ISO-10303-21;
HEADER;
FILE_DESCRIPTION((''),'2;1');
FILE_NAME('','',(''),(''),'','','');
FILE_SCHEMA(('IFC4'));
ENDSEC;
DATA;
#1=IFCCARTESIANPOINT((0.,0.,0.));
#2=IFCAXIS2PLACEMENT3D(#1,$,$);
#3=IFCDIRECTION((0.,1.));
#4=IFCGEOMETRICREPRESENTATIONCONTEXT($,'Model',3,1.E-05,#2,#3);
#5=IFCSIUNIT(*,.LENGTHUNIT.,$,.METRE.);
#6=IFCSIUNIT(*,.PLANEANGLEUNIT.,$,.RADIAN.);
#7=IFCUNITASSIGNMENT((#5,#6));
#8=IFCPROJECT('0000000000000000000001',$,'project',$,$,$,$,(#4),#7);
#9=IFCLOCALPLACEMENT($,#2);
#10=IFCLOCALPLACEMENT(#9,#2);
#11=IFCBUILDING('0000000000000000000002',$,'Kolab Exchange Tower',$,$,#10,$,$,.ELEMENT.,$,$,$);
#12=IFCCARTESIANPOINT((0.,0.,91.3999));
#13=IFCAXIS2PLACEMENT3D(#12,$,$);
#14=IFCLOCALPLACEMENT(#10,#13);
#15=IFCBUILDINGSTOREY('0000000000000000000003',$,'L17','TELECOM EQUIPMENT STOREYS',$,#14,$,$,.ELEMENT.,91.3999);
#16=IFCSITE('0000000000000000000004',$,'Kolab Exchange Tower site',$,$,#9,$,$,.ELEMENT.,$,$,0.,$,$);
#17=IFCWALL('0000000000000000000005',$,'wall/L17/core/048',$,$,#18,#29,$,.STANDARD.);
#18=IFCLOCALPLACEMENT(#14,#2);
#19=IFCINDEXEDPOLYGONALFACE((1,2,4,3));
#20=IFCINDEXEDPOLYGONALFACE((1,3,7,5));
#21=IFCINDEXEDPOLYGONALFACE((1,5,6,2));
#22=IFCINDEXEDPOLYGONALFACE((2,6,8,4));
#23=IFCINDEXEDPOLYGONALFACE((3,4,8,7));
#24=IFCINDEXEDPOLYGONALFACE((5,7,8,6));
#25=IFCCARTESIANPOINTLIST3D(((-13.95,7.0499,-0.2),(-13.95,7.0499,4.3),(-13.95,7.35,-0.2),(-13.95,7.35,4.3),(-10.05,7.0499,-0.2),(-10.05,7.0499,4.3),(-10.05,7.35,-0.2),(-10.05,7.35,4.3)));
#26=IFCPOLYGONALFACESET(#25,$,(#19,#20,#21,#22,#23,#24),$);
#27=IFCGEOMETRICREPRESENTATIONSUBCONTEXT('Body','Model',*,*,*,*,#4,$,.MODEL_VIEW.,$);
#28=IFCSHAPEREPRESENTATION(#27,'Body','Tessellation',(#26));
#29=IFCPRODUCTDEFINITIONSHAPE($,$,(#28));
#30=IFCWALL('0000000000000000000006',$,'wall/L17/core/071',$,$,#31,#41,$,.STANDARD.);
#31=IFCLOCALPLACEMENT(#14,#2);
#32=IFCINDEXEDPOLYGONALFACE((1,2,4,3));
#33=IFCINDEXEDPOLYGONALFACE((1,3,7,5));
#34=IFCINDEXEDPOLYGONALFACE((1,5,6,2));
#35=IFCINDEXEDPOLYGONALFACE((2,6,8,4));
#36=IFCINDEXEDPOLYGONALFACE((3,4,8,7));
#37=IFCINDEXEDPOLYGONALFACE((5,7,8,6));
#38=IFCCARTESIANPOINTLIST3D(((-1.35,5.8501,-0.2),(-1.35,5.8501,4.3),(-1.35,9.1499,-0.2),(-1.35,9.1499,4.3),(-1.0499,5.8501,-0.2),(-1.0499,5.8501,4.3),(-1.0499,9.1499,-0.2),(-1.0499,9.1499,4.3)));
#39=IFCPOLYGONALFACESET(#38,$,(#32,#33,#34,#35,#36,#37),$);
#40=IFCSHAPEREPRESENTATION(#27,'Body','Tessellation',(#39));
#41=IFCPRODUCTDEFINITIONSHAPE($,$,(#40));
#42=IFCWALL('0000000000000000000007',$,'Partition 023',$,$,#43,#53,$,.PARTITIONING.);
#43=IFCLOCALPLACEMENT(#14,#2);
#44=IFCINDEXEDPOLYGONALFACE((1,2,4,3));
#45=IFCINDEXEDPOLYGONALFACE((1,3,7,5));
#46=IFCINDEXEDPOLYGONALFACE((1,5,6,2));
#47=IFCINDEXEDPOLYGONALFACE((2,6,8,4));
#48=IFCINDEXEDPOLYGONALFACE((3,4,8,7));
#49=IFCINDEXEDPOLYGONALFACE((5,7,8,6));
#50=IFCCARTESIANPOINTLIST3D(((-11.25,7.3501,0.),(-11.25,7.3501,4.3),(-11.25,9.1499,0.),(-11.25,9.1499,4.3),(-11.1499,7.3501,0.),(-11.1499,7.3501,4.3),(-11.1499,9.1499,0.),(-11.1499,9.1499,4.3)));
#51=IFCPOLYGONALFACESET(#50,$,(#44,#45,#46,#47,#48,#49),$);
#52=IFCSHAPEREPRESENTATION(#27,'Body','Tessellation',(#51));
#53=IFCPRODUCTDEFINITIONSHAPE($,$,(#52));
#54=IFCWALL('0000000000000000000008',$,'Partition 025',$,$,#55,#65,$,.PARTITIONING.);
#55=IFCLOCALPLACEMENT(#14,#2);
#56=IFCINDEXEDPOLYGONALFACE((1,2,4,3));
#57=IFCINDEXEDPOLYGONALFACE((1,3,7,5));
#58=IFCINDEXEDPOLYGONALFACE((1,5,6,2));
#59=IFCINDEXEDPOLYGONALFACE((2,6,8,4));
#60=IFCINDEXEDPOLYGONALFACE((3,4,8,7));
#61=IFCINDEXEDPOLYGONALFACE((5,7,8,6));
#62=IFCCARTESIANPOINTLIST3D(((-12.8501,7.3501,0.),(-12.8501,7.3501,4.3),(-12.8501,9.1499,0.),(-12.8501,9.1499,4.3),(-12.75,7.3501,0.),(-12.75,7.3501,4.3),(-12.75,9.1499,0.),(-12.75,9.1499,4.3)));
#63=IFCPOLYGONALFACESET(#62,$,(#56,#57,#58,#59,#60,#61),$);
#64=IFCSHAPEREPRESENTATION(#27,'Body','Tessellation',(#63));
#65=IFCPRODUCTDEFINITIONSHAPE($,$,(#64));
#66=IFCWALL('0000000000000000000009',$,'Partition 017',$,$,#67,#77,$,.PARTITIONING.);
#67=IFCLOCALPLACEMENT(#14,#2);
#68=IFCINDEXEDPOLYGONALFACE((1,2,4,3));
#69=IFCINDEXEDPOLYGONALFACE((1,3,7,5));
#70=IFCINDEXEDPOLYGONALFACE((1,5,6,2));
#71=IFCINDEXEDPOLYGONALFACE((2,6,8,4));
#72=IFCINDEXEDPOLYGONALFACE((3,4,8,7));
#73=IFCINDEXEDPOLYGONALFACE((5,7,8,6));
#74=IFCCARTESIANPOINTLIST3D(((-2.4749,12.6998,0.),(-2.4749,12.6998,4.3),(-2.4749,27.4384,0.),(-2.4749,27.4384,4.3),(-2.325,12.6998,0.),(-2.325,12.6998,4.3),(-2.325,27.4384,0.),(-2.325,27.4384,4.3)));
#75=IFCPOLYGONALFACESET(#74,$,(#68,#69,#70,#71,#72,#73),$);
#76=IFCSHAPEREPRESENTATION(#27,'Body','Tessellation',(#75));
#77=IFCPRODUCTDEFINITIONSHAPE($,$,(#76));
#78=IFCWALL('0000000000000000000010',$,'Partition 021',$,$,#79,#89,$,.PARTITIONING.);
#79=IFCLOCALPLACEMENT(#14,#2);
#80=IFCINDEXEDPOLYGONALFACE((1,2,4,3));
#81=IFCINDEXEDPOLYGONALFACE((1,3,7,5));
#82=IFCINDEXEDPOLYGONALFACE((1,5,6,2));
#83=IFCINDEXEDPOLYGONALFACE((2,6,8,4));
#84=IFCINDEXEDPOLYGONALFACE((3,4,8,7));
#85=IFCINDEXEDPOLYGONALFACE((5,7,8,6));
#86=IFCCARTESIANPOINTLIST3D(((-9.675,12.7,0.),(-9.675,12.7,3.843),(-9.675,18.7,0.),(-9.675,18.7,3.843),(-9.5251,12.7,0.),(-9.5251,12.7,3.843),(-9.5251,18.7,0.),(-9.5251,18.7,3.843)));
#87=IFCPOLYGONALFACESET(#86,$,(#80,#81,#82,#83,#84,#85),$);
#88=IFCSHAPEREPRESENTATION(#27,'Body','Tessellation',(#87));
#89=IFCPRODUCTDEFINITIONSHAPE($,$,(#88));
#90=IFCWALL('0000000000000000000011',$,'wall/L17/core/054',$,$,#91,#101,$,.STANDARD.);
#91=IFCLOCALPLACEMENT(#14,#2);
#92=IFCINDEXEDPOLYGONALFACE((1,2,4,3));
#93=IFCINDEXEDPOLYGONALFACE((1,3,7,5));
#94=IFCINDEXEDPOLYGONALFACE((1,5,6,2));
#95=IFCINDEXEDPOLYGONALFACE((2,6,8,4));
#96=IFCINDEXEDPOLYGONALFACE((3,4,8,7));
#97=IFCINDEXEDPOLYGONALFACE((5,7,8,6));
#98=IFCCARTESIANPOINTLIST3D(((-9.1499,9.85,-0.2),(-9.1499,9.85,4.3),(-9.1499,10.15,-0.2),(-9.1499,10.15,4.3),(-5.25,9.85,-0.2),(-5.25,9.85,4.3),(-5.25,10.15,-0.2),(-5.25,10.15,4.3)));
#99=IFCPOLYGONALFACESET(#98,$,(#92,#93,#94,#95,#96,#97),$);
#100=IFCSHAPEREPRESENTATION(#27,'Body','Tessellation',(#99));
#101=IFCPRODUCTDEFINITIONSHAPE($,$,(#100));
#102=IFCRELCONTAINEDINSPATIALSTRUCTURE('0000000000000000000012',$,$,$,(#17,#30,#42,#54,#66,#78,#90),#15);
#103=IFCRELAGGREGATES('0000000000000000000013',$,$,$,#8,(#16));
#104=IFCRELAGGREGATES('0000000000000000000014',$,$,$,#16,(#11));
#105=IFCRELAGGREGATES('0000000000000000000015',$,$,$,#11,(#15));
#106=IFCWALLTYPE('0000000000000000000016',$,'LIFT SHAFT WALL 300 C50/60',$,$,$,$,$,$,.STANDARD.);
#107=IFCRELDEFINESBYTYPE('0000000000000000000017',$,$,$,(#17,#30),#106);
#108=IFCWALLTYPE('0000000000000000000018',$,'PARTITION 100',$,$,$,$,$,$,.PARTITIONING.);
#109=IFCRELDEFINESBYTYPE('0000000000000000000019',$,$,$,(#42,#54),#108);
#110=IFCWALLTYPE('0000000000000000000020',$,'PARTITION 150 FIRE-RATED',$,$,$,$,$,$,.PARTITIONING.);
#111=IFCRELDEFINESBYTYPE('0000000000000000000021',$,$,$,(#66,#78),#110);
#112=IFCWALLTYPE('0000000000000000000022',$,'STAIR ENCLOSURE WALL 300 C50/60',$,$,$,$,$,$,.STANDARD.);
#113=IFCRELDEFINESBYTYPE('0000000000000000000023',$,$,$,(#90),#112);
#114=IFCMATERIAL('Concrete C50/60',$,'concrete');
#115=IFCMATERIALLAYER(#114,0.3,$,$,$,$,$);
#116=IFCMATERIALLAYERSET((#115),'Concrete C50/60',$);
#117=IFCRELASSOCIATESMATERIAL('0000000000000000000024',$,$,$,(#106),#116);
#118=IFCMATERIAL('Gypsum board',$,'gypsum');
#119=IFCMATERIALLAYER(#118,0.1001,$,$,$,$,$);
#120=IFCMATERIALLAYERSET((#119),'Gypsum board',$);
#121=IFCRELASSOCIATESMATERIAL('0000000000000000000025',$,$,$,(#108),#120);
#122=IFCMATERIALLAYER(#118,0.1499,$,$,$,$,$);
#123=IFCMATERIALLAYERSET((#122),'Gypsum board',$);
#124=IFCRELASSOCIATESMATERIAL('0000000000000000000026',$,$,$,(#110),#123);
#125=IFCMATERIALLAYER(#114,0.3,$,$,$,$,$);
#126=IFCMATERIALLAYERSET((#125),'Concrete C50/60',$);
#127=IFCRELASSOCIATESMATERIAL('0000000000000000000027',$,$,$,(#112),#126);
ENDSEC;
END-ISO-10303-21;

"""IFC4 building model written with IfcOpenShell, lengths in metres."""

from ifc_helpers import new_model, si_unit, direction, frame, frame_2d, origin, place, context, subcontext, project, spatial, rectangle, extrude, material, layer, layer_set, type_object, element, save


model = new_model("IFC4")

# Units and contexts
model_context = context("Model", 3, precision=1e-05, world=origin(), true_north=direction((0.0, 1.0)))
body_context = subcontext(model_context, "Body", "Model", "MODEL_VIEW")
ifc_project = project(units=[si_unit("LENGTHUNIT", "METRE"), si_unit("PLANEANGLEUNIT", "RADIAN")], contexts=[model_context])

# Site, building, storey
site_placement = place(None, origin())
site = spatial("IfcSite", under=ifc_project, at=site_placement, Name="Kolab Exchange Tower site", CompositionType="ELEMENT", RefElevation=0.0)
building_placement = place(site_placement, origin())
building = spatial("IfcBuilding", under=site, at=building_placement, Name="Kolab Exchange Tower", CompositionType="ELEMENT")
storey_placement = place(building_placement, frame((0.0, 0.0, 91.3999)))
storey = spatial("IfcBuildingStorey", under=building, at=storey_placement, Name="L17", Description="TELECOM EQUIPMENT STOREYS", CompositionType="ELEMENT", Elevation=91.3999)

# Shared definitions
ifc_material_1 = material(Name="Concrete C50/60", Category="concrete")
ifc_layer_1 = layer(ifc_material_1, 0.3)
ifc_layer_set_1 = layer_set([ifc_layer_1], Name="Concrete C50/60")
wall_type_1 = type_object("IfcWallType", Name="LIFT SHAFT WALL 300 C50/60", PredefinedType="STANDARD", material=ifc_layer_set_1)

# Walls
wall_1_placement = place(storey_placement, frame((-13.95, 7.2, -0.2), z_axis=(0.0, 0.0, 1.0), x_axis=(1.0, 0.0, 0.0)))
element("IfcWall", 1, at=wall_1_placement, inside=storey, type_object=wall_type_1, Name="wall/L17/core/048", PredefinedType="STANDARD", context=body_context, shape_type="SweptSolid", body=[
    extrude(rectangle(XDim=3.8999, YDim=0.3, at=frame_2d((1.95, 0.0))), origin(), (0.0, 0.0, 1.0), 4.5),
])
wall_2_placement = place(storey_placement, frame((-1.2, 5.8501, -0.2), z_axis=(0.0, 0.0, 1.0), x_axis=(0.0, 1.0, 0.0)))
element("IfcWall", 2, at=wall_2_placement, inside=storey, type_object=wall_type_1, Name="wall/L17/core/071", PredefinedType="STANDARD", context=body_context, shape_type="SweptSolid", body=[
    extrude(rectangle(XDim=3.2998, YDim=0.3, at=frame_2d((1.6499, 0.0))), origin(), (0.0, 0.0, 1.0), 4.5),
])
ifc_material_2 = material(Name="Gypsum board", Category="gypsum")
ifc_layer_2 = layer(ifc_material_2, 0.1001)
ifc_layer_set_2 = layer_set([ifc_layer_2], Name="Gypsum board")
wall_type_2 = type_object("IfcWallType", Name="PARTITION 100", PredefinedType="PARTITIONING", material=ifc_layer_set_2)
for number, where, z_axis, x_axis, name in (
    (3, (-11.2, 7.3501, 0.0), (0.0, 0.0, 1.0), (0.0, 1.0, 0.0), "Partition 023"),
    (4, (-12.8, 7.3501, 0.0), (0.0, 0.0, 1.0), (0.0, 1.0, 0.0), "Partition 025"),
):
    element("IfcWall", number, at=place(storey_placement, frame(where, z_axis=z_axis, x_axis=x_axis)), inside=storey, type_object=wall_type_2, Name=name, PredefinedType="PARTITIONING", context=body_context, shape_type="SweptSolid", body=[
        extrude(rectangle(XDim=1.7998, YDim=0.1001, at=frame_2d((0.8999, 0.0))), origin(), (0.0, 0.0, 1.0), 4.3),
    ])
ifc_layer_3 = layer(ifc_material_2, 0.1499)
ifc_layer_set_3 = layer_set([ifc_layer_3], Name="Gypsum board")
wall_type_3 = type_object("IfcWallType", Name="PARTITION 150 FIRE-RATED", PredefinedType="PARTITIONING", material=ifc_layer_set_3)
wall_3_placement = place(storey_placement, frame((-2.3999, 12.7, 0.0), z_axis=(0.0, 0.0, 1.0), x_axis=(0.0, 1.0, 0.0)))
element("IfcWall", 5, at=wall_3_placement, inside=storey, type_object=wall_type_3, Name="Partition 017", PredefinedType="PARTITIONING", context=body_context, shape_type="SweptSolid", body=[
    extrude(rectangle(XDim=14.7385, YDim=0.1499, at=frame_2d((7.3691, 0.0))), origin(), (0.0, 0.0, 1.0), 4.3),
])
wall_4_placement = place(storey_placement, frame((-9.6001, 12.7, 0.0), z_axis=(0.0, 0.0, 1.0), x_axis=(0.0, 1.0, 0.0)))
element("IfcWall", 6, at=wall_4_placement, inside=storey, type_object=wall_type_3, Name="Partition 021", PredefinedType="PARTITIONING", context=body_context, shape_type="SweptSolid", body=[
    extrude(rectangle(XDim=6.0, YDim=0.1499, at=frame_2d((3.0, 0.0))), origin(), (0.0, 0.0, 1.0), 3.843),
])
ifc_layer_4 = layer(ifc_material_1, 0.3)
ifc_layer_set_4 = layer_set([ifc_layer_4], Name="Concrete C50/60")
wall_type_4 = type_object("IfcWallType", Name="STAIR ENCLOSURE WALL 300 C50/60", PredefinedType="STANDARD", material=ifc_layer_set_4)
wall_5_placement = place(storey_placement, frame((-9.1499, 10.0, -0.2), z_axis=(0.0, 0.0, 1.0), x_axis=(1.0, 0.0, 0.0)))
element("IfcWall", 7, at=wall_5_placement, inside=storey, type_object=wall_type_4, Name="wall/L17/core/054", PredefinedType="STANDARD", context=body_context, shape_type="SweptSolid", body=[
    extrude(rectangle(XDim=3.8999, YDim=0.3, at=frame_2d((1.95, 0.0))), origin(), (0.0, 0.0, 1.0), 4.5),
])

save(model, "model.ifc")
